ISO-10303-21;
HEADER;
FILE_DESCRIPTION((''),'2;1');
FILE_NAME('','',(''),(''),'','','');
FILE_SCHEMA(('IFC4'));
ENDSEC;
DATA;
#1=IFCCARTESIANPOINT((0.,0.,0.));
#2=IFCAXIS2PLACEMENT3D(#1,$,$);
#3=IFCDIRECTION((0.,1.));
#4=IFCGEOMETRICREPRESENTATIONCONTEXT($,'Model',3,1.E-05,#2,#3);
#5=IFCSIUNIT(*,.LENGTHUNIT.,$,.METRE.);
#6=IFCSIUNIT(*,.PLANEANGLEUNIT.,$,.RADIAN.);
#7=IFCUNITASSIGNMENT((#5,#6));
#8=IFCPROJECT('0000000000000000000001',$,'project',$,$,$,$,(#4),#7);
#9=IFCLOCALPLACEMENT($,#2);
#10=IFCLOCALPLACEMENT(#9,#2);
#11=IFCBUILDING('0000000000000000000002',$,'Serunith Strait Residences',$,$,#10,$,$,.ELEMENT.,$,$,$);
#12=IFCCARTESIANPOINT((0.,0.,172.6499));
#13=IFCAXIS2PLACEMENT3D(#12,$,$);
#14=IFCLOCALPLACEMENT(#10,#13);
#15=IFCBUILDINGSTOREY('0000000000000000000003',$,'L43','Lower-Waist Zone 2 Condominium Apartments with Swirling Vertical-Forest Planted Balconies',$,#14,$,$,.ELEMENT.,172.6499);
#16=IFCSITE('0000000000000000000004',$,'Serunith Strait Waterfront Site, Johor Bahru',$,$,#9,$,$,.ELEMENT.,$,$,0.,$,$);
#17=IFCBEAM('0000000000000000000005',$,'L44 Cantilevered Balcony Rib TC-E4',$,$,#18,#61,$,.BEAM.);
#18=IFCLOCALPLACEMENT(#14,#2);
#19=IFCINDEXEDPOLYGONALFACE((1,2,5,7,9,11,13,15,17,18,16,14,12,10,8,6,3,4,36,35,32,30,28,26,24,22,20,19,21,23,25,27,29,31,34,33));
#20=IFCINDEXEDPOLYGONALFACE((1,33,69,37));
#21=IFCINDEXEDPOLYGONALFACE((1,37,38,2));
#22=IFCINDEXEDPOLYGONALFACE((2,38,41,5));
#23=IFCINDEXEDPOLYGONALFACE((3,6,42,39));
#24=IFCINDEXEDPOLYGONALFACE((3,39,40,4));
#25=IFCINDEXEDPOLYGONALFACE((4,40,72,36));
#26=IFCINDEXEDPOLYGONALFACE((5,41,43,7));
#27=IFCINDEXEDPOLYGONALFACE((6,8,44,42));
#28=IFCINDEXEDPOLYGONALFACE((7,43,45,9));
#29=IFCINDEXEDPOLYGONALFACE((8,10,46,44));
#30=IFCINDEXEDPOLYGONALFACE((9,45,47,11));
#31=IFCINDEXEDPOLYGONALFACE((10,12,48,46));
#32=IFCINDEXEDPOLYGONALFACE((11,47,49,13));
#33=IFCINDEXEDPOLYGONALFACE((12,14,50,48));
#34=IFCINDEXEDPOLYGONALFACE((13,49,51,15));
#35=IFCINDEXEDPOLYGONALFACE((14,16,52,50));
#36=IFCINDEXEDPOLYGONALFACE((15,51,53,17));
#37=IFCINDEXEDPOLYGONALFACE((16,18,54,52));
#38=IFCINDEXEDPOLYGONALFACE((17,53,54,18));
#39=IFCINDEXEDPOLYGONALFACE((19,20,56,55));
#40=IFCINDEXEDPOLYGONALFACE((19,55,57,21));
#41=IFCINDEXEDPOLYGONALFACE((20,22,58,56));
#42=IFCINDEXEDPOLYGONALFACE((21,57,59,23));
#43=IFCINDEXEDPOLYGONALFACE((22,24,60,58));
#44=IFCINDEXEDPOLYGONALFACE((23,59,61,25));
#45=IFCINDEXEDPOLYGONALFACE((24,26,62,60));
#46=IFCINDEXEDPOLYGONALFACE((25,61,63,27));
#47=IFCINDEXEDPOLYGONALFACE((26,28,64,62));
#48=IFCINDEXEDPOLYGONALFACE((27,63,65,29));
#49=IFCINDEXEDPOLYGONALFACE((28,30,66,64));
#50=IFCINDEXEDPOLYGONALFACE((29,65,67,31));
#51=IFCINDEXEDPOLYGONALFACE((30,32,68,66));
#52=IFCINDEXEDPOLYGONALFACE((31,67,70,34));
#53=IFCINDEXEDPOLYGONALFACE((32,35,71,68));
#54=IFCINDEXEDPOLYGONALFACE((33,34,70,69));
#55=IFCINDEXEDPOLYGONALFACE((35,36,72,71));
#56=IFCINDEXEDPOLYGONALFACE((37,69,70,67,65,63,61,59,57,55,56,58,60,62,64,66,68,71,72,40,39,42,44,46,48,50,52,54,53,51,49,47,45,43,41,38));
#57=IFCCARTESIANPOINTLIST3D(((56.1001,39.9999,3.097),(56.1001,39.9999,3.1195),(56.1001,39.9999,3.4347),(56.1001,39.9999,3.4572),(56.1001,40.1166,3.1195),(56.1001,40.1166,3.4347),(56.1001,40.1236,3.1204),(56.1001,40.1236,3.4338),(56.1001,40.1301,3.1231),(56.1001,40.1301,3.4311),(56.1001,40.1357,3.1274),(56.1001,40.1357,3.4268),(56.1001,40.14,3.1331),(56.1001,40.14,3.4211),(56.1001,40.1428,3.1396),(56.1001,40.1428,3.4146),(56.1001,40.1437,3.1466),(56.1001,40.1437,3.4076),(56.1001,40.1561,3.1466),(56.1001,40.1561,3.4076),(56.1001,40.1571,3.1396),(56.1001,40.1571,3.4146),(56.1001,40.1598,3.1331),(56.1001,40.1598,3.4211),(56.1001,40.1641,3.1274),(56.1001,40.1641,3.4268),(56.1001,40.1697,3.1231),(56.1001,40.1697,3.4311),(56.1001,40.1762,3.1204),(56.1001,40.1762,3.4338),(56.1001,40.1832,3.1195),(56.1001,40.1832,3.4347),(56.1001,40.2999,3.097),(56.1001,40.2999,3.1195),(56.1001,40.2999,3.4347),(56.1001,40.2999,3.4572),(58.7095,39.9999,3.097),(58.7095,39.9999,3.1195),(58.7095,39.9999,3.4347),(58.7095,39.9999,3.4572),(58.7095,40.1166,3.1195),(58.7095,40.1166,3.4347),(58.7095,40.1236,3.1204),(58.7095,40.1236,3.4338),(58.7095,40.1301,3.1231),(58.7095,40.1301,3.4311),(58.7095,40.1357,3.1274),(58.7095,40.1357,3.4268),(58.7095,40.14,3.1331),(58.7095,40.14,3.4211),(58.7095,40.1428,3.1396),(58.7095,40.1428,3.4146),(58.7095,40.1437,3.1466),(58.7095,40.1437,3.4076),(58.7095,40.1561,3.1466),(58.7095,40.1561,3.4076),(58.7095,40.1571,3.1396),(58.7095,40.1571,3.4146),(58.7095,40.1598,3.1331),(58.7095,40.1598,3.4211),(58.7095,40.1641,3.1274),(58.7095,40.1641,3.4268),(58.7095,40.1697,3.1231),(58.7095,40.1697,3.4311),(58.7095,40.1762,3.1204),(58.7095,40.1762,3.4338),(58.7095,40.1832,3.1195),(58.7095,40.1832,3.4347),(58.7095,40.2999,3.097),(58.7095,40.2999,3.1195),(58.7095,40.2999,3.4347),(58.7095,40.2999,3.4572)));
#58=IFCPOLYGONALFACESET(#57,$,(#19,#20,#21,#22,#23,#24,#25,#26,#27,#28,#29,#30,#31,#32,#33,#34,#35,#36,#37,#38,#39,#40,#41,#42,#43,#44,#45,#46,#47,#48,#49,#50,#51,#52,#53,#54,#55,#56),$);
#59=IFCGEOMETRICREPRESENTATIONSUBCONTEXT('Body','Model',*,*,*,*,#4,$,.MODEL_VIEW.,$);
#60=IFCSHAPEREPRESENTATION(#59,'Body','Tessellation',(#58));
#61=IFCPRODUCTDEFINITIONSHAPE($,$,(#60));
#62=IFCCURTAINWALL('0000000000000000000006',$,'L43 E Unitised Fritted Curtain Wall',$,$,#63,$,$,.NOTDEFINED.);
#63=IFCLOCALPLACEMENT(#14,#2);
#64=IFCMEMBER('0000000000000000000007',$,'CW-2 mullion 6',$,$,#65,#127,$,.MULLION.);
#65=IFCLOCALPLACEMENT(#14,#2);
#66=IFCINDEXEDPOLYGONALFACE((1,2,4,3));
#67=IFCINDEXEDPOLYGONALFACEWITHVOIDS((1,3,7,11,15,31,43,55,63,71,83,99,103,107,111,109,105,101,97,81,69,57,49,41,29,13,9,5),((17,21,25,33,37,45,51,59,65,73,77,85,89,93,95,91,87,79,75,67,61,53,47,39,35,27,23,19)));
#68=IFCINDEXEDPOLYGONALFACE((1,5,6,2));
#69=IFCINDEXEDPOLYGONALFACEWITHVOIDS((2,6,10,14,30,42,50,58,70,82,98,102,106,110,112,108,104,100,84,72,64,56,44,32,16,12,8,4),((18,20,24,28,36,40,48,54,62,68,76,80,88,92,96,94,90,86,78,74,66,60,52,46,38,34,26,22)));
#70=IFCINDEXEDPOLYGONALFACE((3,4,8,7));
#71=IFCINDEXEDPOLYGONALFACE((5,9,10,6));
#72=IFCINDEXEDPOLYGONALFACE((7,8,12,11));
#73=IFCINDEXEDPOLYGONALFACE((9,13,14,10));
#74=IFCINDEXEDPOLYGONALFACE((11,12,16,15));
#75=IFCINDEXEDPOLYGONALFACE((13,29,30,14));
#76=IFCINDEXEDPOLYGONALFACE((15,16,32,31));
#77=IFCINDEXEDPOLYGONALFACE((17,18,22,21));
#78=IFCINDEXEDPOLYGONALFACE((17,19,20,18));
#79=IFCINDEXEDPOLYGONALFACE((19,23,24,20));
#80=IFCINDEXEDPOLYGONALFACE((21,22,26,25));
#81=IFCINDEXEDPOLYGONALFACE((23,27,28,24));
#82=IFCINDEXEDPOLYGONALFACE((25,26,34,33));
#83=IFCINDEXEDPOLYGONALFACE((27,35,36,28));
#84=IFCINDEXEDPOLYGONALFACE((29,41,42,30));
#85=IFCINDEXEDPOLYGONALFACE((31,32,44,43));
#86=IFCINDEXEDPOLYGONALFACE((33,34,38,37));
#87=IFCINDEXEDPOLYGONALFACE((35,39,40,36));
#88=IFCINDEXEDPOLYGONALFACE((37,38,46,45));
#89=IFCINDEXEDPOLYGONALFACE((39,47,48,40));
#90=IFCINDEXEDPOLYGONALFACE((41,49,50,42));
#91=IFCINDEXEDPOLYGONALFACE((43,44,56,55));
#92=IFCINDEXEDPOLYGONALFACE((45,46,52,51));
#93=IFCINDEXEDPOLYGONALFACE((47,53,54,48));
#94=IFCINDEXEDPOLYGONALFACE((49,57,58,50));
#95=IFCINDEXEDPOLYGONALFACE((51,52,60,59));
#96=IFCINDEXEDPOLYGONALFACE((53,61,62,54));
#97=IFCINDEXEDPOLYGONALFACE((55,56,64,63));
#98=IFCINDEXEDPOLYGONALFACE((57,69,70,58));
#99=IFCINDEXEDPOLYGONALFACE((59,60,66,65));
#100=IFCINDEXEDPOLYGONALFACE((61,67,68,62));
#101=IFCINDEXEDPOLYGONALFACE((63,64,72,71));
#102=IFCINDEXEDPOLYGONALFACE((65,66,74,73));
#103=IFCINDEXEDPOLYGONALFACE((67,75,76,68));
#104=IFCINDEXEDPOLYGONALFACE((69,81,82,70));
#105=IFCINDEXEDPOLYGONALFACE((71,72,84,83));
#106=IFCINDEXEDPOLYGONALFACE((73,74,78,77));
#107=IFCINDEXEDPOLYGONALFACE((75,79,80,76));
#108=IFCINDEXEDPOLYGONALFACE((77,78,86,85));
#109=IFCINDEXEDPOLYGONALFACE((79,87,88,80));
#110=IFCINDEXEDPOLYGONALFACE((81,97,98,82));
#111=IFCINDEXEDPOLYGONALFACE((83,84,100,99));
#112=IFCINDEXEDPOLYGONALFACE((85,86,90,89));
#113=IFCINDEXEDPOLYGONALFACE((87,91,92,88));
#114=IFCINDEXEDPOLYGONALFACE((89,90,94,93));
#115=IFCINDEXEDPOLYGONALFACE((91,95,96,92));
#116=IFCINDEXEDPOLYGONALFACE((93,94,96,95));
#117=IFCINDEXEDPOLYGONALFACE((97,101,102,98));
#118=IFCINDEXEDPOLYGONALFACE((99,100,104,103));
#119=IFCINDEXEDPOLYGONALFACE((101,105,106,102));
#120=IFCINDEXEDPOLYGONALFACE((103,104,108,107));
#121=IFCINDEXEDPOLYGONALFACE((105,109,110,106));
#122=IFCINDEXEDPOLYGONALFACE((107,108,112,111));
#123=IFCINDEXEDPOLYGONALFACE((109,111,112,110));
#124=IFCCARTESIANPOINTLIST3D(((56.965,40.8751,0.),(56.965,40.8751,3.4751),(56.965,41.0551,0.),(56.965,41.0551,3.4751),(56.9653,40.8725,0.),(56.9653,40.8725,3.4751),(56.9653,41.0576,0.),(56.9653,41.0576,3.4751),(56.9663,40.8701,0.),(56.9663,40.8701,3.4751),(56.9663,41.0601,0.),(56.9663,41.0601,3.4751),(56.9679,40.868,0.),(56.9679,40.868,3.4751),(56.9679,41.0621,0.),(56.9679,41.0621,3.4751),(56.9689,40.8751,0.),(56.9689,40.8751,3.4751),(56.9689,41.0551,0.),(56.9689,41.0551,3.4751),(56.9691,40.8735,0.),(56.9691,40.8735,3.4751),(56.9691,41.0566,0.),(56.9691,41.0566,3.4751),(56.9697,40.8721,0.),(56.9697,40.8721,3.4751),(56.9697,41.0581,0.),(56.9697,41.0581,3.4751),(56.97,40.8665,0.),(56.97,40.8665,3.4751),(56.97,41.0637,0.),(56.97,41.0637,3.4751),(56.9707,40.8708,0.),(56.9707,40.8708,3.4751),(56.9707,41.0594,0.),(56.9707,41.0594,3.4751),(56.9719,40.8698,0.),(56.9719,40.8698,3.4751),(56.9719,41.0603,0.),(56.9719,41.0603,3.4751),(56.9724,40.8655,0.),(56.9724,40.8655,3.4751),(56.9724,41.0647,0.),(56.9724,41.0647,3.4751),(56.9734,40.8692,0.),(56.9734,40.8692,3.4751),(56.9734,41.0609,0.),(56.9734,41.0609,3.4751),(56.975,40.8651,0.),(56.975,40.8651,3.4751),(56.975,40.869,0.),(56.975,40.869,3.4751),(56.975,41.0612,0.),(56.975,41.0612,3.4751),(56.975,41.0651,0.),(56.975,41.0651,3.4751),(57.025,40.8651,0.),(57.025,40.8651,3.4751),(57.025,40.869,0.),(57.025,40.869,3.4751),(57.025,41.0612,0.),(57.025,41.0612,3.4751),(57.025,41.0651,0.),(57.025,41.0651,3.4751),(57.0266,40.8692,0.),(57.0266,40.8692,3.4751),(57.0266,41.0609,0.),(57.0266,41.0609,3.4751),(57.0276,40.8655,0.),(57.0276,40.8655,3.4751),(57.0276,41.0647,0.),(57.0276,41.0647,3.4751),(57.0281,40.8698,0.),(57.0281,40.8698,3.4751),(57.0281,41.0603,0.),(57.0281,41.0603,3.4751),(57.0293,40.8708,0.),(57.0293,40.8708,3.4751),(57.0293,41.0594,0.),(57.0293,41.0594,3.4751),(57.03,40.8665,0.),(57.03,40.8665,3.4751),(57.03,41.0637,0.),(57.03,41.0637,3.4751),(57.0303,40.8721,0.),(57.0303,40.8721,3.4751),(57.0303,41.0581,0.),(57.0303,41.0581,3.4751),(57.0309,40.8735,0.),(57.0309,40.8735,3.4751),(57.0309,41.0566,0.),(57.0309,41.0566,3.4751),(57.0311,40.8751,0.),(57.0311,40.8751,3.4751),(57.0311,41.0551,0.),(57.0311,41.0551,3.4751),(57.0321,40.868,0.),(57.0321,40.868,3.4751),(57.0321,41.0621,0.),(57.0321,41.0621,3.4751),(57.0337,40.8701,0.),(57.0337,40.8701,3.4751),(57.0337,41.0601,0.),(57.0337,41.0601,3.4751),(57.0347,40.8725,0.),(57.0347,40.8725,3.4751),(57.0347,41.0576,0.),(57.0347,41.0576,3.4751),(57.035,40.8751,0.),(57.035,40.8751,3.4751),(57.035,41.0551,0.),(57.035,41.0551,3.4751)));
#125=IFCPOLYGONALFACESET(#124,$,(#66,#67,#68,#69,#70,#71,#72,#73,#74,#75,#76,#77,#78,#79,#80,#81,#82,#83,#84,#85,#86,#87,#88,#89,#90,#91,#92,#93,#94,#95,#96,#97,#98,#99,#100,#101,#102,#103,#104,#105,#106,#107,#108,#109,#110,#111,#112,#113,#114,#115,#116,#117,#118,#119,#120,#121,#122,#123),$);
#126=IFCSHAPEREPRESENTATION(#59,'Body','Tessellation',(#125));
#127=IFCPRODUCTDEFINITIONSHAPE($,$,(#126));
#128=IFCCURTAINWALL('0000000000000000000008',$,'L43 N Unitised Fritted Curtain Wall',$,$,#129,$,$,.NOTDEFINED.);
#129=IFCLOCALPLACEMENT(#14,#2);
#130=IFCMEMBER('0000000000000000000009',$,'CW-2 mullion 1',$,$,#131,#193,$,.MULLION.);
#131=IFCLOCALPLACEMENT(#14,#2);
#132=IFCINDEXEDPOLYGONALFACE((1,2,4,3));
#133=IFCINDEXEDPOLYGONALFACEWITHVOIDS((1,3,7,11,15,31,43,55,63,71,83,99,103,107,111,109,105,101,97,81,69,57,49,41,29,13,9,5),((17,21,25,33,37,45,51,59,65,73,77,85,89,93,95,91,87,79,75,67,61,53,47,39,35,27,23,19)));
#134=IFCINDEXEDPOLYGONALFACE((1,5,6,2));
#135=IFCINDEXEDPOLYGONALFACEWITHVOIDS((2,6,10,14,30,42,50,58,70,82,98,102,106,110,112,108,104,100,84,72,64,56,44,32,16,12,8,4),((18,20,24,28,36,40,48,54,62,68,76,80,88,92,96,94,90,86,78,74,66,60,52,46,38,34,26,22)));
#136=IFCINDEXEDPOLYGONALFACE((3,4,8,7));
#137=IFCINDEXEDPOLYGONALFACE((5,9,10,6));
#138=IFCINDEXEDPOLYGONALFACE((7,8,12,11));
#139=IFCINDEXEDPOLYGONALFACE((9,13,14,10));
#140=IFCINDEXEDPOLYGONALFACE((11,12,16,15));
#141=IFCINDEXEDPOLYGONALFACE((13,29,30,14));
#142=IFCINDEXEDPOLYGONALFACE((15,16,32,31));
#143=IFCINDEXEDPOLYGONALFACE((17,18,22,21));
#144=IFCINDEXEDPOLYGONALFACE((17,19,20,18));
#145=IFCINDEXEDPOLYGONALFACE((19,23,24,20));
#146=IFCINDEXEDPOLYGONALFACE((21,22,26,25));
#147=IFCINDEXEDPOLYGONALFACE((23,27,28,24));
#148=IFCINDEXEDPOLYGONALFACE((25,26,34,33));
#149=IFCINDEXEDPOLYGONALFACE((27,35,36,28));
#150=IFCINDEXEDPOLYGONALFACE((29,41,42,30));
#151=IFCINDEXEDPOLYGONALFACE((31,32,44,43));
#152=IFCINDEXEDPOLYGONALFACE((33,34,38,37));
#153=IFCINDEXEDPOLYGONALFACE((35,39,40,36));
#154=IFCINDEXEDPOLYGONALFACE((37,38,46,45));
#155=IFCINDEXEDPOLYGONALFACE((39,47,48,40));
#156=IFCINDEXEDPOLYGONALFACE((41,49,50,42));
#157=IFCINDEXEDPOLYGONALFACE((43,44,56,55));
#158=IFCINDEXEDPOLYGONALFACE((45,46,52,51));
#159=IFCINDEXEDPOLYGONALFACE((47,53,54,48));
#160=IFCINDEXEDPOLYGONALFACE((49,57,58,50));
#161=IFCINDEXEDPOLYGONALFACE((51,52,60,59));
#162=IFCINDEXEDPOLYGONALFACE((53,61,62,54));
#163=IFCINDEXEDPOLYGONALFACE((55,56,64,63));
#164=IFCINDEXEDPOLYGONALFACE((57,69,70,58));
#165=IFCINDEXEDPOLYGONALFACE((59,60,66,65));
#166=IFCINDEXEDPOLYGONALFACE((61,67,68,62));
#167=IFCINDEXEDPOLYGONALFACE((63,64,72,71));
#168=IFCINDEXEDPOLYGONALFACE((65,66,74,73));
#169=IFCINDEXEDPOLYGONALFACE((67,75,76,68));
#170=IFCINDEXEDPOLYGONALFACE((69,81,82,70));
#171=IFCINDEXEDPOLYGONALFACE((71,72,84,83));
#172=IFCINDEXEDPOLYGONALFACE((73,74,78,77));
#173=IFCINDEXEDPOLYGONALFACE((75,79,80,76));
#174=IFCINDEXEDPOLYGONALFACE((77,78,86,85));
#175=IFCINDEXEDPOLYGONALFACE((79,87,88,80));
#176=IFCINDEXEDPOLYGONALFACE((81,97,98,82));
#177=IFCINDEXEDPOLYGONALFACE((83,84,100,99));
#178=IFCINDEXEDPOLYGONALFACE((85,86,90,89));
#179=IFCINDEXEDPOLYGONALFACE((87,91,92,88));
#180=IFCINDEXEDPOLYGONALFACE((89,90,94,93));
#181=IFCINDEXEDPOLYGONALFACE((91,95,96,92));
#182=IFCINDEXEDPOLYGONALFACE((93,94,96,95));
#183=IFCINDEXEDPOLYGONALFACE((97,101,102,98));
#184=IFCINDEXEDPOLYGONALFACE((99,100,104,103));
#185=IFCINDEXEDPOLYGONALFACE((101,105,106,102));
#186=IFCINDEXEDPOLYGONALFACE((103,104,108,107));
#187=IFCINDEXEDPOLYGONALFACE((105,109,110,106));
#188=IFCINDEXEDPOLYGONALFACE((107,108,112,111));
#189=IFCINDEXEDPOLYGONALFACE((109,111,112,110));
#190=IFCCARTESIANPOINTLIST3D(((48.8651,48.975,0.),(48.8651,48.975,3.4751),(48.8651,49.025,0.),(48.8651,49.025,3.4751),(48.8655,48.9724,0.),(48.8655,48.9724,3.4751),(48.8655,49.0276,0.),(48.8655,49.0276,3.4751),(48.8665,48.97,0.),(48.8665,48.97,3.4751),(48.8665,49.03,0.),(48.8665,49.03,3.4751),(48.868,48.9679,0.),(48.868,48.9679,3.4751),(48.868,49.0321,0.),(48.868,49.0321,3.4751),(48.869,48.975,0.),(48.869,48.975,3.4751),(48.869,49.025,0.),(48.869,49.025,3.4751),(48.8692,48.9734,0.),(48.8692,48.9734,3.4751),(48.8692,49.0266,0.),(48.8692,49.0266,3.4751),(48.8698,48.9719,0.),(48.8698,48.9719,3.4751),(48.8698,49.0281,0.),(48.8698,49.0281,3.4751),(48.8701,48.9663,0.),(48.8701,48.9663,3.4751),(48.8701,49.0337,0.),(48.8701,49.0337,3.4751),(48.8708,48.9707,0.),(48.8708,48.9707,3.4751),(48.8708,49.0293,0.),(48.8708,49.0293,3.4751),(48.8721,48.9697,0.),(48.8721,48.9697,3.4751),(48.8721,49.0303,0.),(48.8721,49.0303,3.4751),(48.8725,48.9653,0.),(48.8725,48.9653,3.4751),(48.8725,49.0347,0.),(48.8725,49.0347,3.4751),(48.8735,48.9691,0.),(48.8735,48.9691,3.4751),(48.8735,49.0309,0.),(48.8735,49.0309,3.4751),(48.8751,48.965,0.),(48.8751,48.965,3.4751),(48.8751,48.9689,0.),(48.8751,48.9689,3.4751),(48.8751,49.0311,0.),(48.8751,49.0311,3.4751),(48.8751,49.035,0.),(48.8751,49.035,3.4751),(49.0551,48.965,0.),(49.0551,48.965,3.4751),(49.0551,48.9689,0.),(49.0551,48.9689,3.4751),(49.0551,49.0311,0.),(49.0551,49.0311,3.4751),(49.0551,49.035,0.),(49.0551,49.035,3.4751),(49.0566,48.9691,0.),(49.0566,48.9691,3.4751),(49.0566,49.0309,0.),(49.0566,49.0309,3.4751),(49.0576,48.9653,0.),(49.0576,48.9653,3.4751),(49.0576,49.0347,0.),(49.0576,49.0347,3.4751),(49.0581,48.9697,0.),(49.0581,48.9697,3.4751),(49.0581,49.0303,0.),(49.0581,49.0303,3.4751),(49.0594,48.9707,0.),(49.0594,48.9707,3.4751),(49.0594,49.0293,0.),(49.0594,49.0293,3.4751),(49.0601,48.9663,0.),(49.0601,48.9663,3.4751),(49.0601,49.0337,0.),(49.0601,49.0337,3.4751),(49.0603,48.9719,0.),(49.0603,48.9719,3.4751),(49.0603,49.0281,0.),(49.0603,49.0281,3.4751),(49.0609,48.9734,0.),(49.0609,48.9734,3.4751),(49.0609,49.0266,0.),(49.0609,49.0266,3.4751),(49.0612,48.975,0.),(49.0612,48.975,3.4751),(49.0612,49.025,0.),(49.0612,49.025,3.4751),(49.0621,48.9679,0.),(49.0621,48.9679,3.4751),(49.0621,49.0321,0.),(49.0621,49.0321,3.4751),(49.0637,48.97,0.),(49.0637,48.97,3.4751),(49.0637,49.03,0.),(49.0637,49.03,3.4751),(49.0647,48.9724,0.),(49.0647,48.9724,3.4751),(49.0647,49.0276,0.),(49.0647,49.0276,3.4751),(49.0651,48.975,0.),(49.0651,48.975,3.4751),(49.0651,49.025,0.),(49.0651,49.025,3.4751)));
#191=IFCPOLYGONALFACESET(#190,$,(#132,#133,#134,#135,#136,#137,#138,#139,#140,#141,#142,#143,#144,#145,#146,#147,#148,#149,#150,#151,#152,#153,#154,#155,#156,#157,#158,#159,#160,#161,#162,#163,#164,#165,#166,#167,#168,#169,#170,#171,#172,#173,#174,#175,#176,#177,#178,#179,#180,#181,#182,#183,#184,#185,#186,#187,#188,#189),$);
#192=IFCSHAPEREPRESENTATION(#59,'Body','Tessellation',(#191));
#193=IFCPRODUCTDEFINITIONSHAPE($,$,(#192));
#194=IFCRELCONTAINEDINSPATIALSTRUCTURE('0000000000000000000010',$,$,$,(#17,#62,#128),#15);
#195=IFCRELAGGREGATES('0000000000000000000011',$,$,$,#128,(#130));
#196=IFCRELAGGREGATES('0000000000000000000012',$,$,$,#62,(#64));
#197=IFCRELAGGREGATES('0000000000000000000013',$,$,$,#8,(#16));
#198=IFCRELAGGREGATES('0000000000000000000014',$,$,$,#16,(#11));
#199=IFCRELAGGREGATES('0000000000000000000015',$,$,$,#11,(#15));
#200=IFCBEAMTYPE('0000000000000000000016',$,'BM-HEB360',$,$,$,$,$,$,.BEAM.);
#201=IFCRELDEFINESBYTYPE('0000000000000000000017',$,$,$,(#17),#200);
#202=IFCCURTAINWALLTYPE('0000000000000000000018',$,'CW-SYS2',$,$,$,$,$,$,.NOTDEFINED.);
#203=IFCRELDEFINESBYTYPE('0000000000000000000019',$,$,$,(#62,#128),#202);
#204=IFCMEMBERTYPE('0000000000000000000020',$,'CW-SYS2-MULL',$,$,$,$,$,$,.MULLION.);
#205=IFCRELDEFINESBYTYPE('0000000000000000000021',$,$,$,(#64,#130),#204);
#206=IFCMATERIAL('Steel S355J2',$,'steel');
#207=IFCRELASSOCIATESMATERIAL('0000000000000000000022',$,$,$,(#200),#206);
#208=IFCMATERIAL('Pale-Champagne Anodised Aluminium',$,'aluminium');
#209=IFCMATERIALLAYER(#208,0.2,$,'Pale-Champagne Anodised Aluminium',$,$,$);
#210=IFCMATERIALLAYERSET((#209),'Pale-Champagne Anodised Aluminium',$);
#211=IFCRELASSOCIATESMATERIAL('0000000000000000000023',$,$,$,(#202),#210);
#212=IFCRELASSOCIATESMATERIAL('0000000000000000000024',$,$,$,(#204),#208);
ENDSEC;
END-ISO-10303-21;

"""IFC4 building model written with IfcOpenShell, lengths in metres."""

from ifc_helpers import new_model, si_unit, direction, frame, origin, origin_2d, place, context, subcontext, project, spatial, hollow_rectangle, i_section, extrude, source, transform, mapped, material, layer, layer_set, material_profile, profile_set, type_object, element, aggregate, save


model = new_model("IFC4")

# Units and contexts
model_context = context("Model", 3, precision=1e-05, world=origin(), true_north=direction((0.0, 1.0)))
body_context = subcontext(model_context, "Body", "Model", "MODEL_VIEW")
ifc_project = project(units=[si_unit("LENGTHUNIT", "METRE"), si_unit("PLANEANGLEUNIT", "RADIAN")], contexts=[model_context])

# Site, building, storey
site_placement = place(None, origin())
site = spatial("IfcSite", under=ifc_project, at=site_placement, Name="Serunith Strait Waterfront Site, Johor Bahru", CompositionType="ELEMENT", RefElevation=0.0)
building_placement = place(site_placement, origin())
building = spatial("IfcBuilding", under=site, at=building_placement, Name="Serunith Strait Residences", CompositionType="ELEMENT")
storey_placement = place(building_placement, frame((0.0, 0.0, 172.6499)))
storey = spatial("IfcBuildingStorey", under=building, at=storey_placement, Name="L43", Description="Lower-Waist Zone 2 Condominium Apartments with Swirling Vertical-Forest Planted Balconies", CompositionType="ELEMENT", Elevation=172.6499)

# Beam
ifc_material_1 = material(Name="Steel S355J2", Category="steel")
ifc_material_profile_1 = material_profile(ifc_material_1, i_section(OverallWidth=0.3, OverallDepth=0.3601, WebThickness=0.0125, FlangeThickness=0.0225, FilletRadius=0.0271, at=origin_2d()), Name="HEB 360")
ifc_profile_set_1 = profile_set([ifc_material_profile_1], Name="Steel S355J2")
beam_type_1 = type_object("IfcBeamType", Name="BM-HEB360", PredefinedType="BEAM", material=ifc_profile_set_1)
shared_shape_1 = source(origin(), body_context, "Body", "SweptSolid", [
    extrude(i_section(OverallWidth=0.3, OverallDepth=0.3601, WebThickness=0.0125, FlangeThickness=0.0225, FilletRadius=0.0271, at=origin_2d()), origin(), (0.0, 0.0, 1.0), 2.6094),
])
beam_1_placement = place(storey_placement, frame((56.1001, 40.1499, 3.2771), z_axis=(1.0, 0.0, 0.0), x_axis=(0.0, 1.0, 0.0)))
element("IfcBeam", 1, at=beam_1_placement, inside=storey, type_object=beam_type_1, Name="L44 Cantilevered Balcony Rib TC-E4", PredefinedType="BEAM", context=body_context, shape_type="MappedRepresentation", body=[
    mapped(shared_shape_1, transform((0.0, 0.0, 0.0), scale=1.0)),
])

# Curtain wall, member
ifc_material_2 = material(Name="Pale-Champagne Anodised Aluminium", Category="aluminium")
ifc_layer_1 = layer(ifc_material_2, 0.2, Name="Pale-Champagne Anodised Aluminium")
ifc_layer_set_1 = layer_set([ifc_layer_1], Name="Pale-Champagne Anodised Aluminium")
curtain_wall_type = type_object("IfcCurtainWallType", Name="CW-SYS2", PredefinedType="NOTDEFINED", material=ifc_layer_set_1)
curtain_wall_1_placement = place(storey_placement, origin())
curtain_wall_1 = element("IfcCurtainWall", 2, at=curtain_wall_1_placement, inside=storey, type_object=curtain_wall_type, Name="L43 E Unitised Fritted Curtain Wall", PredefinedType="NOTDEFINED")
ifc_material_profile_2 = material_profile(ifc_material_2, hollow_rectangle(XDim=0.0701, YDim=0.2, WallThickness=0.0039, InnerFilletRadius=0.0061, OuterFilletRadius=0.01, at=origin_2d()), Name="ALU 200x70x4")
ifc_profile_set_2 = profile_set([ifc_material_profile_2], Name="Pale-Champagne Anodised Aluminium")
member_type_1 = type_object("IfcMemberType", Name="CW-SYS2-MULL", PredefinedType="MULLION", material=ifc_profile_set_2)
shared_shape_2 = source(origin(), body_context, "Body", "SweptSolid", [
    extrude(hollow_rectangle(XDim=0.0701, YDim=0.2, WallThickness=0.0039, InnerFilletRadius=0.0061, OuterFilletRadius=0.01, at=origin_2d()), origin(), (0.0, 0.0, 1.0), 3.4751),
])
member_1_placement = place(storey_placement, frame((57.0, 40.9651, 0.0), z_axis=(0.0, 0.0, 1.0), x_axis=(-1.0, 0.0, 0.0)))
member_1 = element("IfcMember", 3, at=member_1_placement, type_object=member_type_1, Name="CW-2 mullion 6", PredefinedType="MULLION", context=body_context, shape_type="MappedRepresentation", body=[
    mapped(shared_shape_2, transform((0.0, 0.0, 0.0), scale=1.0)),
])

# Curtain wall, member
curtain_wall_2_placement = place(storey_placement, origin())
curtain_wall_2 = element("IfcCurtainWall", 4, at=curtain_wall_2_placement, inside=storey, type_object=curtain_wall_type, Name="L43 N Unitised Fritted Curtain Wall", PredefinedType="NOTDEFINED")
member_2_placement = place(storey_placement, frame((48.9651, 49.0, 0.0), z_axis=(0.0, 0.0, 1.0), x_axis=(0.0, -1.0, 0.0)))
member_2 = element("IfcMember", 5, at=member_2_placement, type_object=member_type_1, Name="CW-2 mullion 1", PredefinedType="MULLION", context=body_context, shape_type="MappedRepresentation", body=[
    mapped(shared_shape_2, transform((0.0, 0.0, 0.0), scale=1.0)),
])
aggregate(curtain_wall_2, [member_2])

aggregate(curtain_wall_1, [member_1])

save(model, "model.ifc")
